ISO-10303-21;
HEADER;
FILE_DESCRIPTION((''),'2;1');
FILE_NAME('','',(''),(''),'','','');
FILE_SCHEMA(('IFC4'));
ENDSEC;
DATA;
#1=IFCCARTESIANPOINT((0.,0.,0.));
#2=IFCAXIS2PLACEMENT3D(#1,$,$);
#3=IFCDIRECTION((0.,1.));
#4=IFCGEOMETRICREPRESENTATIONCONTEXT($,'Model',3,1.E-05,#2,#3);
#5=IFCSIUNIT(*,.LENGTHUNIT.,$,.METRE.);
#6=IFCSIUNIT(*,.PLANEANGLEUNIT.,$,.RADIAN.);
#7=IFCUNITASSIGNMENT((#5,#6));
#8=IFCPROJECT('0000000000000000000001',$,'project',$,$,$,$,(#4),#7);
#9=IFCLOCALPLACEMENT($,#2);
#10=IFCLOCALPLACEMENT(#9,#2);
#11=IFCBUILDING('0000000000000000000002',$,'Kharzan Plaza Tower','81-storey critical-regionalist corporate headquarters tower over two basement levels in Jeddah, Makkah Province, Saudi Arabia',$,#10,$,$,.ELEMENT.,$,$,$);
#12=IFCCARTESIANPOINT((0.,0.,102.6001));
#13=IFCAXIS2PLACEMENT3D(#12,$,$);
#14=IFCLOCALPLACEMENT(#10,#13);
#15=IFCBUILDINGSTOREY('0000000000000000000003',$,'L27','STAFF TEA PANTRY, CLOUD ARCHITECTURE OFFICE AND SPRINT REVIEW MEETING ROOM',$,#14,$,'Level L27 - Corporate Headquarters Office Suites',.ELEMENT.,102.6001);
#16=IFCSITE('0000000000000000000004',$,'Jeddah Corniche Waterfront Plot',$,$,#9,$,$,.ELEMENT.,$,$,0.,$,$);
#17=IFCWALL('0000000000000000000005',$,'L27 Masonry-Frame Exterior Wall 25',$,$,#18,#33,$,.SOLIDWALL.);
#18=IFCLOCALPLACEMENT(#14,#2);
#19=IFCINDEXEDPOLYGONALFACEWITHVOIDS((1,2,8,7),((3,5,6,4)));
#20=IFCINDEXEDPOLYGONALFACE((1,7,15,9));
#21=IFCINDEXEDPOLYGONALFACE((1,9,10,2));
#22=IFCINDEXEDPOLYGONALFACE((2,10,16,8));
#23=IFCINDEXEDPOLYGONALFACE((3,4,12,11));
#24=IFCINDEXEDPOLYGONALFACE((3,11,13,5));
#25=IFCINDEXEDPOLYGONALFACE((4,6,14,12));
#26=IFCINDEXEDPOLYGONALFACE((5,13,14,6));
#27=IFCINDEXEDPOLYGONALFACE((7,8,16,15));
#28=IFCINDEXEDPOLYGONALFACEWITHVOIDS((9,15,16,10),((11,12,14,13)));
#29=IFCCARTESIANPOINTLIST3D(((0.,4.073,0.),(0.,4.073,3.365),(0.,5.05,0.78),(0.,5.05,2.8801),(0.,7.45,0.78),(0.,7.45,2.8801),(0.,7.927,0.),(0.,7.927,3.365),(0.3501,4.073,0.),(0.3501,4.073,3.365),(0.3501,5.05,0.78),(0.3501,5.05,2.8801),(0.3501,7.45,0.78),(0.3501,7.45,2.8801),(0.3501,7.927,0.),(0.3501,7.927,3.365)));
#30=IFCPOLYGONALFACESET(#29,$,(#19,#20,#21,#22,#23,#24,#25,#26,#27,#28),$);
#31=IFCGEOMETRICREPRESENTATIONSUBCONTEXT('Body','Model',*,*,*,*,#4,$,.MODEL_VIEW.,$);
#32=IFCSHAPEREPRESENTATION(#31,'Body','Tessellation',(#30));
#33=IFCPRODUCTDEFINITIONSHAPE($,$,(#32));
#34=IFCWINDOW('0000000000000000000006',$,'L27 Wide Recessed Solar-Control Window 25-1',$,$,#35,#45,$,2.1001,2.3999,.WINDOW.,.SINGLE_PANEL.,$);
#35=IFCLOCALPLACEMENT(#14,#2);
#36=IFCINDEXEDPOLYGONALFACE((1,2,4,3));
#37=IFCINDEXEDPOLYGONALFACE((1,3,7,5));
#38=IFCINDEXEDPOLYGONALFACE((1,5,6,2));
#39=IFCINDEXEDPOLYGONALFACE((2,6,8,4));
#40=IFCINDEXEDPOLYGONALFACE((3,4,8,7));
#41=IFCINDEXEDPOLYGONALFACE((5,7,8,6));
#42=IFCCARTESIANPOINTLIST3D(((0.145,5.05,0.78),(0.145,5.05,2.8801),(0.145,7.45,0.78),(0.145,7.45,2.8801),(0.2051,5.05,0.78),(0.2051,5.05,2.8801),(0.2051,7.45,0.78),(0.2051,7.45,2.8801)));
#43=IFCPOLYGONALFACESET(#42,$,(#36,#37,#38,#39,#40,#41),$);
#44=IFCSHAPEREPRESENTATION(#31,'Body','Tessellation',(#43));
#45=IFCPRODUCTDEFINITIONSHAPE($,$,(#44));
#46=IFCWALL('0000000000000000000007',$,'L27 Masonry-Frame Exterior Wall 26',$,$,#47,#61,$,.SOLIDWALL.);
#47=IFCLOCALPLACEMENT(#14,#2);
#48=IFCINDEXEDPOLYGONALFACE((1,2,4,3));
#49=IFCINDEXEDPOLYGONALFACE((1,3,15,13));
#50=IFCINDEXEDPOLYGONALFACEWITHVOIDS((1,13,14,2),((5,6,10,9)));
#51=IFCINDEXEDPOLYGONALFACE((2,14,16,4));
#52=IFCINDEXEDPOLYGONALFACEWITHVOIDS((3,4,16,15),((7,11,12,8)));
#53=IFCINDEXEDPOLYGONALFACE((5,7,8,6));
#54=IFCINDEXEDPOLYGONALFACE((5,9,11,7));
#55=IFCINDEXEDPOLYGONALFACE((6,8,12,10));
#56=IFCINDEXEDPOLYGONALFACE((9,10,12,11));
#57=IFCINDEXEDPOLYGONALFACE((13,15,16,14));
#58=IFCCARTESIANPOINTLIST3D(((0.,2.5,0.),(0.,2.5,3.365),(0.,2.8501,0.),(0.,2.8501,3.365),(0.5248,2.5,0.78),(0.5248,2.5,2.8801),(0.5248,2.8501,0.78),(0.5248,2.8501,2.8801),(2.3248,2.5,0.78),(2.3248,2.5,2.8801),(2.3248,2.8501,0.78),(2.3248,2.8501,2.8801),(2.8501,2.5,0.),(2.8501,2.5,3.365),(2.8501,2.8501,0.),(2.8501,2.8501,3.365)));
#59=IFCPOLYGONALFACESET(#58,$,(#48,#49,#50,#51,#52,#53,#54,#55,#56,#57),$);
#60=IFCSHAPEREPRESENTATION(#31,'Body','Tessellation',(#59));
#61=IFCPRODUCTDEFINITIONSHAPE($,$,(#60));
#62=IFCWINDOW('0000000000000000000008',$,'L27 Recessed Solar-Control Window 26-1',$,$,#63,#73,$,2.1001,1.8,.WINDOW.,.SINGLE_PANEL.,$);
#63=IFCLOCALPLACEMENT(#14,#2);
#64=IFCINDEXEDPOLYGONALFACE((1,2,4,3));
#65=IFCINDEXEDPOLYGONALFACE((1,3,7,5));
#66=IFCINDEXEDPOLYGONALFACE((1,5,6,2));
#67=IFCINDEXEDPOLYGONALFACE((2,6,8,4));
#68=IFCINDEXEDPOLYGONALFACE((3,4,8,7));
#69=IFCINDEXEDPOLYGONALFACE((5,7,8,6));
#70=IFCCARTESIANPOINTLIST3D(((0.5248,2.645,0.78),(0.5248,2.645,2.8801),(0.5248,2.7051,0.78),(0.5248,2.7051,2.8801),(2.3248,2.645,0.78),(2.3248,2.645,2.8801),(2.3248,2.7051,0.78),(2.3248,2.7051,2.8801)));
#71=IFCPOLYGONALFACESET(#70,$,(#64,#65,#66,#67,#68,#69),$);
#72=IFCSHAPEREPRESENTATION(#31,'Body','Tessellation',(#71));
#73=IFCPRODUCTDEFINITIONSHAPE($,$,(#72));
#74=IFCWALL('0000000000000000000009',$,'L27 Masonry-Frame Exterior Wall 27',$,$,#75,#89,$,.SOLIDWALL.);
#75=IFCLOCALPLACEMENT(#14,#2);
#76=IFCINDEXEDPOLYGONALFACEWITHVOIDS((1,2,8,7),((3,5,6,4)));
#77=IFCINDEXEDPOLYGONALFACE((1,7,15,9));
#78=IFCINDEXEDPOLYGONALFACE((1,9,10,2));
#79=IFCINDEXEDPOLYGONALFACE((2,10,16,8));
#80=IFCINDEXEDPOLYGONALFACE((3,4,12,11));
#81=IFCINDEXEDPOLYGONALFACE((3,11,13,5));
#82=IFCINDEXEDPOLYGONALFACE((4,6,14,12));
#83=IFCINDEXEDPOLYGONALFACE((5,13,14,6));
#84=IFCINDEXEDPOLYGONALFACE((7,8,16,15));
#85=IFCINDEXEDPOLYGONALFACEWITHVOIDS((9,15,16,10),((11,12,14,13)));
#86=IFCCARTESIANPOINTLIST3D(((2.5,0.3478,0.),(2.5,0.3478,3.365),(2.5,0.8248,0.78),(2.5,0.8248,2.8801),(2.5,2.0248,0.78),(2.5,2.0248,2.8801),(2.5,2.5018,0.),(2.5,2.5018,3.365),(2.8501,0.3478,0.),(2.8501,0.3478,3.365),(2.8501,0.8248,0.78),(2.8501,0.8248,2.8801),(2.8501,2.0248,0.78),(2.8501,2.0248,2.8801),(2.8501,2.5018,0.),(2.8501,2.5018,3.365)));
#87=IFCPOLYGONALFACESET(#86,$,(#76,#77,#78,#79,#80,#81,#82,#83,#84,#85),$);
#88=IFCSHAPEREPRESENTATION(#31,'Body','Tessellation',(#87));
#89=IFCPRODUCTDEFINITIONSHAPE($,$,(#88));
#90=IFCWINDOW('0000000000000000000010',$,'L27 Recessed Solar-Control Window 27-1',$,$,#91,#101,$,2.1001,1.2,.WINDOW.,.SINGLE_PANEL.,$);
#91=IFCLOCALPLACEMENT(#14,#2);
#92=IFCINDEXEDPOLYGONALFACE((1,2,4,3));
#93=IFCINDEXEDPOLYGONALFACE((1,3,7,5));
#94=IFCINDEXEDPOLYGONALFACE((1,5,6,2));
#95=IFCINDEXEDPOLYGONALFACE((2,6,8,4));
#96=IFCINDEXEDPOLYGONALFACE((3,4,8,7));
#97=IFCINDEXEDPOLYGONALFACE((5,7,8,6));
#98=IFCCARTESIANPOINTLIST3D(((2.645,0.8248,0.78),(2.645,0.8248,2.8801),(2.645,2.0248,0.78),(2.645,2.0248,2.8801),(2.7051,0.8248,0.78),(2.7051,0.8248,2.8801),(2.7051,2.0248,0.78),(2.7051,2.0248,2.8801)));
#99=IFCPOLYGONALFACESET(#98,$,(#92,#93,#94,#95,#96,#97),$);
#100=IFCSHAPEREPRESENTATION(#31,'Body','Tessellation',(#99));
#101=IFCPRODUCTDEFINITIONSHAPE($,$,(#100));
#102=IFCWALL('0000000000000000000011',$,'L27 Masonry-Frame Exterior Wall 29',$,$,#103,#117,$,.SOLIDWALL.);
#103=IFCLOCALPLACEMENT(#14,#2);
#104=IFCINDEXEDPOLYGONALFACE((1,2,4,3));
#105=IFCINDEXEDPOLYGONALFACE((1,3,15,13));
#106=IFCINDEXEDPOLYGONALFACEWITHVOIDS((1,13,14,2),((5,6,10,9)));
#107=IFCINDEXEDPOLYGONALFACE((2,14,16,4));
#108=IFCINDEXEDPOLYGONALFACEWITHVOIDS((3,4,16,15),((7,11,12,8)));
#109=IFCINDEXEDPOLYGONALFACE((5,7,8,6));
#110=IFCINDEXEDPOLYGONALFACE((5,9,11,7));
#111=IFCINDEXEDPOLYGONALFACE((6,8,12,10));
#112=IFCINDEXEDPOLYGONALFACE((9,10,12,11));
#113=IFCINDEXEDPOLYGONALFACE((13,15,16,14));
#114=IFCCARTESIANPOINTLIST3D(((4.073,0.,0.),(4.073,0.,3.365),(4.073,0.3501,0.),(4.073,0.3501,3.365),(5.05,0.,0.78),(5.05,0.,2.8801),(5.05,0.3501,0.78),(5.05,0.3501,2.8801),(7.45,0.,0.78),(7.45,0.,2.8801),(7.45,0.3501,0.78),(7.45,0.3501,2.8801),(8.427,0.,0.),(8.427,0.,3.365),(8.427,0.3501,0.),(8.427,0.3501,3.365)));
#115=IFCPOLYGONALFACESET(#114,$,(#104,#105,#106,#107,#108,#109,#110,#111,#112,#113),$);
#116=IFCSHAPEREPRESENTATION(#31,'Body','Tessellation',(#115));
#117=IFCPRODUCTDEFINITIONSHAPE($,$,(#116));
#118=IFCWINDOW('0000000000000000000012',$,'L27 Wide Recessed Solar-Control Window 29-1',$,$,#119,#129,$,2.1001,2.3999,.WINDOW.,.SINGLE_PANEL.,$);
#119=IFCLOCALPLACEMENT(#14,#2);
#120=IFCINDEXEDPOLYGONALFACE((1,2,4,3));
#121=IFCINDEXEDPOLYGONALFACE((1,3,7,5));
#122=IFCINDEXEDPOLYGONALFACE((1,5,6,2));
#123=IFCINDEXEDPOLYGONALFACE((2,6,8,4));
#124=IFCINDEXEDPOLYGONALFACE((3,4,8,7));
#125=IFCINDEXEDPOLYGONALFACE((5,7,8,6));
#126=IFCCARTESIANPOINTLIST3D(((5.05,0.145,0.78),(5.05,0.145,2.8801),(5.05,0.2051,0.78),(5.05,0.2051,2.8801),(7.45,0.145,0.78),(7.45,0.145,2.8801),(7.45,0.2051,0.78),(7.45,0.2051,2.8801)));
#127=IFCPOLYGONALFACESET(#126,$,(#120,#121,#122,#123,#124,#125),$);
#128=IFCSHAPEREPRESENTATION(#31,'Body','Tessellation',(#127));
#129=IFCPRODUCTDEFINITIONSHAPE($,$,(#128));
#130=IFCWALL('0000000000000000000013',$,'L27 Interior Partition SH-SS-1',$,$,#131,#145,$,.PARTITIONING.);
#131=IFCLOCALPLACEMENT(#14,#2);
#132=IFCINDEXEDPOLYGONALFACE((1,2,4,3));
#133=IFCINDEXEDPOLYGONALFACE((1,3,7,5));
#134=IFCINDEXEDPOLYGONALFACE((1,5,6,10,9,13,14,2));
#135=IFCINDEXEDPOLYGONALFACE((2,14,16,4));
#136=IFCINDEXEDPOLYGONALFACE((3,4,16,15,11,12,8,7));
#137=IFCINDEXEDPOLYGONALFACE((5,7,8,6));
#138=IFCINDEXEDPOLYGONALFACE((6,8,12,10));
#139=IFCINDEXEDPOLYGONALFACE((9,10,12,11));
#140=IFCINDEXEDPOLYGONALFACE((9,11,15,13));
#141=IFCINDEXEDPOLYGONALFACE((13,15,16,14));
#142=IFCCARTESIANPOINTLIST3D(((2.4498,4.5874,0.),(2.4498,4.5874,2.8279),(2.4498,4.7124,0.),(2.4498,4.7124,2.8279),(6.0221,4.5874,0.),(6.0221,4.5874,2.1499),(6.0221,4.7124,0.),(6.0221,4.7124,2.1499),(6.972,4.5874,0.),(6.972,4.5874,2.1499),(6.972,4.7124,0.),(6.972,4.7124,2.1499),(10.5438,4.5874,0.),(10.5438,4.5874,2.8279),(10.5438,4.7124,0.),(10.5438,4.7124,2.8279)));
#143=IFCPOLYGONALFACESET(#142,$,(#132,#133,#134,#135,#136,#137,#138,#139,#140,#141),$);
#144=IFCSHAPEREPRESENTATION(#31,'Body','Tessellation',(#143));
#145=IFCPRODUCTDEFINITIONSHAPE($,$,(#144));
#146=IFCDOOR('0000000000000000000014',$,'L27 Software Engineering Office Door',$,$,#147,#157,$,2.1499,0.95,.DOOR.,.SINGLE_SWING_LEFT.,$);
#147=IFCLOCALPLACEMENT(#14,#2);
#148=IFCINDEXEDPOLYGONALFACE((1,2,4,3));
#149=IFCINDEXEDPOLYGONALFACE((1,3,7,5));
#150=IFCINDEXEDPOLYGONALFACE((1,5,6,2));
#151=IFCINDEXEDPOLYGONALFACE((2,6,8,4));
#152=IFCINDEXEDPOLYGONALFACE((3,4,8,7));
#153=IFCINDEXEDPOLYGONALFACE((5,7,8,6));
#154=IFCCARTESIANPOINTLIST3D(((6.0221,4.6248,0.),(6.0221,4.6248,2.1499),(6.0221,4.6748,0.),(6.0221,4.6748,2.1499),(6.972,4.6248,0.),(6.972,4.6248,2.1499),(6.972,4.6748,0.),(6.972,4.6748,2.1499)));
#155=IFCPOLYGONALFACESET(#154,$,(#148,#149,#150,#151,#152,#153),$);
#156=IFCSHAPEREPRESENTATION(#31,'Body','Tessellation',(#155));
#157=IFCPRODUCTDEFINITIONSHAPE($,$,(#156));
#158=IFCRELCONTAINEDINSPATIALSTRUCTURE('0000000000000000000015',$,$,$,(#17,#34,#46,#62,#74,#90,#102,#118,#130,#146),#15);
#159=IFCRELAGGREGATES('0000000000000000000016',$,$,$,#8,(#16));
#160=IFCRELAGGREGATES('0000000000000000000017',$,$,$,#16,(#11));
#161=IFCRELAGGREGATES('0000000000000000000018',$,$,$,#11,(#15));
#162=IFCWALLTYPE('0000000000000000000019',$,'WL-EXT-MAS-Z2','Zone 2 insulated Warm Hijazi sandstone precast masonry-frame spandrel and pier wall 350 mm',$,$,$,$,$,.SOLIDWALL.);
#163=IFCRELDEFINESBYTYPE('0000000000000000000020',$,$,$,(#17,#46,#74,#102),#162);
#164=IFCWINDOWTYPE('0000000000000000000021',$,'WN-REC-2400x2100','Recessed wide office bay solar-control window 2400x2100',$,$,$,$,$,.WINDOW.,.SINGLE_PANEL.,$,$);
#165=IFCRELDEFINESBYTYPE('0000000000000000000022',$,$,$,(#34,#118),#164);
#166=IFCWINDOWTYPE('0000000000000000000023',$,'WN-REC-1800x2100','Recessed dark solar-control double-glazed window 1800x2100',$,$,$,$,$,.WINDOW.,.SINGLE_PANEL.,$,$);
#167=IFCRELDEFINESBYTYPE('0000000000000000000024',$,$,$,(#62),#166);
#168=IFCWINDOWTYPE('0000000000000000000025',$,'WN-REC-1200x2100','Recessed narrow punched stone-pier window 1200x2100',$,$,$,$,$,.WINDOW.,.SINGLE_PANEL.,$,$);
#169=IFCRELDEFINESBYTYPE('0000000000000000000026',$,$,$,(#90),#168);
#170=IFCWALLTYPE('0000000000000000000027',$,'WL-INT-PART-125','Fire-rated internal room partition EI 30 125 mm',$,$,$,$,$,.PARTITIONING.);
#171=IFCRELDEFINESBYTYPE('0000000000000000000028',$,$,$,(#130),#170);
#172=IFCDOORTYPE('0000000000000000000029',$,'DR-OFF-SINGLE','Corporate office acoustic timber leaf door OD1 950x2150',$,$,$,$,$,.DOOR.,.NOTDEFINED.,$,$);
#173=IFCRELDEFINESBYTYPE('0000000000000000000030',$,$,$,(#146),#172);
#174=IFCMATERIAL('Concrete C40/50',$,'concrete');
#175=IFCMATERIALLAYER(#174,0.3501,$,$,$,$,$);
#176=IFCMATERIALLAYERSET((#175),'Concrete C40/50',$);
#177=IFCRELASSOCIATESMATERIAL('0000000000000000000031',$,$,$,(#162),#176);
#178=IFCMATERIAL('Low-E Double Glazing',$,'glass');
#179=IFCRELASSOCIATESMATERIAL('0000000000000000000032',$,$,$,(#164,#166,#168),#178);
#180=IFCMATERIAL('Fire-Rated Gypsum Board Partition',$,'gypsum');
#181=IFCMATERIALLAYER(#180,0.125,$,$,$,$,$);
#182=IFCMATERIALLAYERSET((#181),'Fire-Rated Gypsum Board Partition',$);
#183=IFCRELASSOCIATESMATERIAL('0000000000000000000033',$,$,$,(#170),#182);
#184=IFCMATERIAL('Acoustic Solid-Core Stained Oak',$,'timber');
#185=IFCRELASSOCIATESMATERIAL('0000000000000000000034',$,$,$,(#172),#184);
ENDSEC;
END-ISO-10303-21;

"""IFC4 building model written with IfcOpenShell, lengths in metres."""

from ifc_helpers import new_model, si_unit, direction, frame, frame_2d, origin, place, context, subcontext, project, spatial, rectangle, extrude, source, transform, mapped, material, layer, layer_set, type_object, element, fill, save


model = new_model("IFC4")

# Units and contexts
model_context = context("Model", 3, precision=1e-05, world=origin(), true_north=direction((0.0, 1.0)))
body_context = subcontext(model_context, "Body", "Model", "MODEL_VIEW")
ifc_project = project(units=[si_unit("LENGTHUNIT", "METRE"), si_unit("PLANEANGLEUNIT", "RADIAN")], contexts=[model_context])

# Site, building, storey
site_placement = place(None, origin())
site = spatial("IfcSite", under=ifc_project, at=site_placement, Name="Jeddah Corniche Waterfront Plot", CompositionType="ELEMENT", RefElevation=0.0)
building_placement = place(site_placement, origin())
building = spatial("IfcBuilding", under=site, at=building_placement, Name="Kharzan Plaza Tower", Description="81-storey critical-regionalist corporate headquarters tower over two basement levels in Jeddah, Makkah Province, Saudi Arabia", CompositionType="ELEMENT")
storey_placement = place(building_placement, frame((0.0, 0.0, 102.6001)))
storey = spatial("IfcBuildingStorey", under=building, at=storey_placement, Name="L27", Description="STAFF TEA PANTRY, CLOUD ARCHITECTURE OFFICE AND SPRINT REVIEW MEETING ROOM", LongName="Level L27 - Corporate Headquarters Office Suites", CompositionType="ELEMENT", Elevation=102.6001)

# Shared definitions
ifc_material_1 = material(Name="Concrete C40/50", Category="concrete")

# Walls, openings, windows
ifc_layer_1 = layer(ifc_material_1, 0.3501)
ifc_layer_set_1 = layer_set([ifc_layer_1], Name="Concrete C40/50")
wall_type_1 = type_object("IfcWallType", Name="WL-EXT-MAS-Z2", Description="Zone 2 insulated Warm Hijazi sandstone precast masonry-frame spandrel and pier wall 350 mm", PredefinedType="SOLIDWALL", material=ifc_layer_set_1)
wall_1_placement = place(storey_placement, frame((0.175, 7.927, 0.0), z_axis=(0.0, 0.0, 1.0), x_axis=(0.0, -1.0, 0.0)))
wall_1 = element("IfcWall", 1, at=wall_1_placement, inside=storey, type_object=wall_type_1, Name="L27 Masonry-Frame Exterior Wall 25", PredefinedType="SOLIDWALL", context=body_context, shape_type="SweptSolid", body=[
    extrude(rectangle(XDim=3.854, YDim=0.3501, at=frame_2d((1.927, 0.0))), origin(), (0.0, 0.0, 1.0), 3.365),
])
opening_1_placement = place(wall_1_placement, frame((0.4771, 0.0, 0.78)))
opening_1 = element("IfcOpeningElement", 2, at=opening_1_placement, cuts=wall_1, PredefinedType="OPENING", context=body_context, shape_type="SweptSolid", body=[
    extrude(rectangle(XDim=2.3999, YDim=2.1001, at=frame_2d((1.2, 1.05))), frame((0.0, 0.1851, 0.0), z_axis=(0.0, -1.0, 0.0), x_axis=(1.0, 0.0, 0.0)), (0.0, 0.0, 1.0), 0.3701),
])
ifc_material_2 = material(Name="Low-E Double Glazing", Category="glass")
window_type_1 = type_object("IfcWindowType", Name="WN-REC-2400x2100", Description="Recessed wide office bay solar-control window 2400x2100", PartitioningType="SINGLE_PANEL", PredefinedType="WINDOW", material=ifc_material_2)
shared_shape_1 = source(origin(), body_context, "Body", "SweptSolid", [
    extrude(rectangle(XDim=2.3999, YDim=2.1001, at=frame_2d((1.2, 1.05))), frame((0.0, 0.03, 0.0), z_axis=(0.0, -1.0, 0.0), x_axis=(1.0, 0.0, 0.0)), (0.0, 0.0, 1.0), 0.0601),
])
window_1_placement = place(opening_1_placement, origin())
window_1 = element("IfcWindow", 3, at=window_1_placement, inside=storey, type_object=window_type_1, Name="L27 Wide Recessed Solar-Control Window 25-1", OverallHeight=2.1001, OverallWidth=2.3999, PartitioningType="SINGLE_PANEL", PredefinedType="WINDOW", context=body_context, shape_type="MappedRepresentation", body=[
    mapped(shared_shape_1, transform((0.0, 0.0, 0.0), x_axis=(1.0, 0.0, 0.0), y_axis=(0.0, 1.0, 0.0), z_axis=(0.0, 0.0, 1.0))),
])
fill(opening_1, window_1)
wall_2_placement = place(storey_placement, frame((0.0, 2.675, 0.0), z_axis=(0.0, 0.0, 1.0), x_axis=(1.0, 0.0, 0.0)))
wall_2 = element("IfcWall", 4, at=wall_2_placement, inside=storey, type_object=wall_type_1, Name="L27 Masonry-Frame Exterior Wall 26", PredefinedType="SOLIDWALL", context=body_context, shape_type="SweptSolid", body=[
    extrude(rectangle(XDim=2.8501, YDim=0.3501, at=frame_2d((1.425, 0.0))), origin(), (0.0, 0.0, 1.0), 3.365),
])
opening_2_placement = place(wall_2_placement, frame((0.5249, 0.0, 0.78)))
opening_2 = element("IfcOpeningElement", 5, at=opening_2_placement, cuts=wall_2, PredefinedType="OPENING", context=body_context, shape_type="SweptSolid", body=[
    extrude(rectangle(XDim=1.8, YDim=2.1001, at=frame_2d((0.8999, 1.05))), frame((0.0, 0.1851, 0.0), z_axis=(0.0, -1.0, 0.0), x_axis=(1.0, 0.0, 0.0)), (0.0, 0.0, 1.0), 0.3701),
])
window_type_2 = type_object("IfcWindowType", Name="WN-REC-1800x2100", Description="Recessed dark solar-control double-glazed window 1800x2100", PartitioningType="SINGLE_PANEL", PredefinedType="WINDOW", material=ifc_material_2)
shared_shape_2 = source(origin(), body_context, "Body", "SweptSolid", [
    extrude(rectangle(XDim=1.8, YDim=2.1001, at=frame_2d((0.8999, 1.05))), frame((0.0, 0.03, 0.0), z_axis=(0.0, -1.0, 0.0), x_axis=(1.0, 0.0, 0.0)), (0.0, 0.0, 1.0), 0.0601),
])
window_2_placement = place(opening_2_placement, origin())
window_2 = element("IfcWindow", 6, at=window_2_placement, inside=storey, type_object=window_type_2, Name="L27 Recessed Solar-Control Window 26-1", OverallHeight=2.1001, OverallWidth=1.8, PartitioningType="SINGLE_PANEL", PredefinedType="WINDOW", context=body_context, shape_type="MappedRepresentation", body=[
    mapped(shared_shape_2, transform((0.0, 0.0, 0.0), x_axis=(1.0, 0.0, 0.0), y_axis=(0.0, 1.0, 0.0), z_axis=(0.0, 0.0, 1.0))),
])
fill(opening_2, window_2)
wall_3_placement = place(storey_placement, frame((2.675, 2.502, 0.0), z_axis=(0.0, 0.0, 1.0), x_axis=(0.0, -1.0, 0.0)))
wall_3 = element("IfcWall", 7, at=wall_3_placement, inside=storey, type_object=wall_type_1, Name="L27 Masonry-Frame Exterior Wall 27", PredefinedType="SOLIDWALL", context=body_context, shape_type="SweptSolid", body=[
    extrude(rectangle(XDim=2.1541, YDim=0.3501, at=frame_2d((1.0771, 0.0))), origin(), (0.0, 0.0, 1.0), 3.365),
])
opening_3_placement = place(wall_3_placement, frame((0.4771, 0.0, 0.78)))
opening_3 = element("IfcOpeningElement", 8, at=opening_3_placement, cuts=wall_3, PredefinedType="OPENING", context=body_context, shape_type="SweptSolid", body=[
    extrude(rectangle(XDim=1.2, YDim=2.1001, at=frame_2d((0.6001, 1.05))), frame((0.0, 0.1851, 0.0), z_axis=(0.0, -1.0, 0.0), x_axis=(1.0, 0.0, 0.0)), (0.0, 0.0, 1.0), 0.3701),
])
window_type_3 = type_object("IfcWindowType", Name="WN-REC-1200x2100", Description="Recessed narrow punched stone-pier window 1200x2100", PartitioningType="SINGLE_PANEL", PredefinedType="WINDOW", material=ifc_material_2)
shared_shape_3 = source(origin(), body_context, "Body", "SweptSolid", [
    extrude(rectangle(XDim=1.2, YDim=2.1001, at=frame_2d((0.6001, 1.05))), frame((0.0, 0.03, 0.0), z_axis=(0.0, -1.0, 0.0), x_axis=(1.0, 0.0, 0.0)), (0.0, 0.0, 1.0), 0.0601),
])
window_3_placement = place(opening_3_placement, origin())
window_3 = element("IfcWindow", 9, at=window_3_placement, inside=storey, type_object=window_type_3, Name="L27 Recessed Solar-Control Window 27-1", OverallHeight=2.1001, OverallWidth=1.2, PartitioningType="SINGLE_PANEL", PredefinedType="WINDOW", context=body_context, shape_type="MappedRepresentation", body=[
    mapped(shared_shape_3, transform((0.0, 0.0, 0.0), x_axis=(1.0, 0.0, 0.0), y_axis=(0.0, 1.0, 0.0), z_axis=(0.0, 0.0, 1.0))),
])
fill(opening_3, window_3)
wall_4_placement = place(storey_placement, frame((4.073, 0.175, 0.0), z_axis=(0.0, 0.0, 1.0), x_axis=(1.0, 0.0, 0.0)))
wall_4 = element("IfcWall", 10, at=wall_4_placement, inside=storey, type_object=wall_type_1, Name="L27 Masonry-Frame Exterior Wall 29", PredefinedType="SOLIDWALL", context=body_context, shape_type="SweptSolid", body=[
    extrude(rectangle(XDim=4.354, YDim=0.3501, at=frame_2d((2.177, 0.0))), origin(), (0.0, 0.0, 1.0), 3.365),
])
opening_4_placement = place(wall_4_placement, frame((0.9771, 0.0, 0.78)))
opening_4 = element("IfcOpeningElement", 11, at=opening_4_placement, cuts=wall_4, PredefinedType="OPENING", context=body_context, shape_type="SweptSolid", body=[
    extrude(rectangle(XDim=2.3999, YDim=2.1001, at=frame_2d((1.2, 1.05))), frame((0.0, 0.1851, 0.0), z_axis=(0.0, -1.0, 0.0), x_axis=(1.0, 0.0, 0.0)), (0.0, 0.0, 1.0), 0.3701),
])
window_4_placement = place(opening_4_placement, origin())
window_4 = element("IfcWindow", 12, at=window_4_placement, inside=storey, type_object=window_type_1, Name="L27 Wide Recessed Solar-Control Window 29-1", OverallHeight=2.1001, OverallWidth=2.3999, PartitioningType="SINGLE_PANEL", PredefinedType="WINDOW", context=body_context, shape_type="MappedRepresentation", body=[
    mapped(shared_shape_1, transform((0.0, 0.0, 0.0), x_axis=(1.0, 0.0, 0.0), y_axis=(0.0, 1.0, 0.0), z_axis=(0.0, 0.0, 1.0))),
])
fill(opening_4, window_4)

# Wall, opening, door
ifc_material_3 = material(Name="Fire-Rated Gypsum Board Partition", Category="gypsum")
ifc_layer_2 = layer(ifc_material_3, 0.125)
ifc_layer_set_2 = layer_set([ifc_layer_2], Name="Fire-Rated Gypsum Board Partition")
wall_type_2 = type_object("IfcWallType", Name="WL-INT-PART-125", Description="Fire-rated internal room partition EI 30 125 mm", PredefinedType="PARTITIONING", material=ifc_layer_set_2)
ifc_material_4 = material(Name="Acoustic Solid-Core Stained Oak", Category="timber")
door_type = type_object("IfcDoorType", Name="DR-OFF-SINGLE", Description="Corporate office acoustic timber leaf door OD1 950x2150", OperationType="NOTDEFINED", PredefinedType="DOOR", material=ifc_material_4)
shared_shape_4 = source(origin(), body_context, "Body", "SweptSolid", [
    extrude(rectangle(XDim=0.95, YDim=2.1499, at=frame_2d((0.4751, 1.075))), frame((0.0, 0.0249, 0.0), z_axis=(0.0, -1.0, 0.0), x_axis=(1.0, 0.0, 0.0)), (0.0, 0.0, 1.0), 0.05),
])
wall_5_placement = place(storey_placement, frame((2.45, 4.6499, 0.0), z_axis=(0.0, 0.0, 1.0), x_axis=(1.0, 0.0, 0.0)))
wall_5 = element("IfcWall", 13, at=wall_5_placement, inside=storey, type_object=wall_type_2, Name="L27 Interior Partition SH-SS-1", PredefinedType="PARTITIONING", context=body_context, shape_type="SweptSolid", body=[
    extrude(rectangle(XDim=8.094, YDim=0.125, at=frame_2d((4.0469, 0.0))), origin(), (0.0, 0.0, 1.0), 2.8279),
])
opening_5_placement = place(wall_5_placement, frame((3.572, 0.0, 0.0)))
opening_5 = element("IfcOpeningElement", 14, at=opening_5_placement, cuts=wall_5, PredefinedType="OPENING", context=body_context, shape_type="SweptSolid", body=[
    extrude(rectangle(XDim=0.95, YDim=2.1499, at=frame_2d((0.4751, 1.075))), frame((0.0, 0.0725, 0.0), z_axis=(0.0, -1.0, 0.0), x_axis=(1.0, 0.0, 0.0)), (0.0, 0.0, 1.0), 0.145),
])
door_1_placement = place(opening_5_placement, origin())
door_1 = element("IfcDoor", 15, at=door_1_placement, inside=storey, type_object=door_type, Name="L27 Software Engineering Office Door", OperationType="SINGLE_SWING_LEFT", OverallHeight=2.1499, OverallWidth=0.95, PredefinedType="DOOR", context=body_context, shape_type="MappedRepresentation", body=[
    mapped(shared_shape_4, transform((0.0, 0.0, 0.0), x_axis=(1.0, 0.0, 0.0), y_axis=(0.0, 1.0, 0.0), z_axis=(0.0, 0.0, 1.0))),
])
fill(opening_5, door_1)

save(model, "model.ifc")
